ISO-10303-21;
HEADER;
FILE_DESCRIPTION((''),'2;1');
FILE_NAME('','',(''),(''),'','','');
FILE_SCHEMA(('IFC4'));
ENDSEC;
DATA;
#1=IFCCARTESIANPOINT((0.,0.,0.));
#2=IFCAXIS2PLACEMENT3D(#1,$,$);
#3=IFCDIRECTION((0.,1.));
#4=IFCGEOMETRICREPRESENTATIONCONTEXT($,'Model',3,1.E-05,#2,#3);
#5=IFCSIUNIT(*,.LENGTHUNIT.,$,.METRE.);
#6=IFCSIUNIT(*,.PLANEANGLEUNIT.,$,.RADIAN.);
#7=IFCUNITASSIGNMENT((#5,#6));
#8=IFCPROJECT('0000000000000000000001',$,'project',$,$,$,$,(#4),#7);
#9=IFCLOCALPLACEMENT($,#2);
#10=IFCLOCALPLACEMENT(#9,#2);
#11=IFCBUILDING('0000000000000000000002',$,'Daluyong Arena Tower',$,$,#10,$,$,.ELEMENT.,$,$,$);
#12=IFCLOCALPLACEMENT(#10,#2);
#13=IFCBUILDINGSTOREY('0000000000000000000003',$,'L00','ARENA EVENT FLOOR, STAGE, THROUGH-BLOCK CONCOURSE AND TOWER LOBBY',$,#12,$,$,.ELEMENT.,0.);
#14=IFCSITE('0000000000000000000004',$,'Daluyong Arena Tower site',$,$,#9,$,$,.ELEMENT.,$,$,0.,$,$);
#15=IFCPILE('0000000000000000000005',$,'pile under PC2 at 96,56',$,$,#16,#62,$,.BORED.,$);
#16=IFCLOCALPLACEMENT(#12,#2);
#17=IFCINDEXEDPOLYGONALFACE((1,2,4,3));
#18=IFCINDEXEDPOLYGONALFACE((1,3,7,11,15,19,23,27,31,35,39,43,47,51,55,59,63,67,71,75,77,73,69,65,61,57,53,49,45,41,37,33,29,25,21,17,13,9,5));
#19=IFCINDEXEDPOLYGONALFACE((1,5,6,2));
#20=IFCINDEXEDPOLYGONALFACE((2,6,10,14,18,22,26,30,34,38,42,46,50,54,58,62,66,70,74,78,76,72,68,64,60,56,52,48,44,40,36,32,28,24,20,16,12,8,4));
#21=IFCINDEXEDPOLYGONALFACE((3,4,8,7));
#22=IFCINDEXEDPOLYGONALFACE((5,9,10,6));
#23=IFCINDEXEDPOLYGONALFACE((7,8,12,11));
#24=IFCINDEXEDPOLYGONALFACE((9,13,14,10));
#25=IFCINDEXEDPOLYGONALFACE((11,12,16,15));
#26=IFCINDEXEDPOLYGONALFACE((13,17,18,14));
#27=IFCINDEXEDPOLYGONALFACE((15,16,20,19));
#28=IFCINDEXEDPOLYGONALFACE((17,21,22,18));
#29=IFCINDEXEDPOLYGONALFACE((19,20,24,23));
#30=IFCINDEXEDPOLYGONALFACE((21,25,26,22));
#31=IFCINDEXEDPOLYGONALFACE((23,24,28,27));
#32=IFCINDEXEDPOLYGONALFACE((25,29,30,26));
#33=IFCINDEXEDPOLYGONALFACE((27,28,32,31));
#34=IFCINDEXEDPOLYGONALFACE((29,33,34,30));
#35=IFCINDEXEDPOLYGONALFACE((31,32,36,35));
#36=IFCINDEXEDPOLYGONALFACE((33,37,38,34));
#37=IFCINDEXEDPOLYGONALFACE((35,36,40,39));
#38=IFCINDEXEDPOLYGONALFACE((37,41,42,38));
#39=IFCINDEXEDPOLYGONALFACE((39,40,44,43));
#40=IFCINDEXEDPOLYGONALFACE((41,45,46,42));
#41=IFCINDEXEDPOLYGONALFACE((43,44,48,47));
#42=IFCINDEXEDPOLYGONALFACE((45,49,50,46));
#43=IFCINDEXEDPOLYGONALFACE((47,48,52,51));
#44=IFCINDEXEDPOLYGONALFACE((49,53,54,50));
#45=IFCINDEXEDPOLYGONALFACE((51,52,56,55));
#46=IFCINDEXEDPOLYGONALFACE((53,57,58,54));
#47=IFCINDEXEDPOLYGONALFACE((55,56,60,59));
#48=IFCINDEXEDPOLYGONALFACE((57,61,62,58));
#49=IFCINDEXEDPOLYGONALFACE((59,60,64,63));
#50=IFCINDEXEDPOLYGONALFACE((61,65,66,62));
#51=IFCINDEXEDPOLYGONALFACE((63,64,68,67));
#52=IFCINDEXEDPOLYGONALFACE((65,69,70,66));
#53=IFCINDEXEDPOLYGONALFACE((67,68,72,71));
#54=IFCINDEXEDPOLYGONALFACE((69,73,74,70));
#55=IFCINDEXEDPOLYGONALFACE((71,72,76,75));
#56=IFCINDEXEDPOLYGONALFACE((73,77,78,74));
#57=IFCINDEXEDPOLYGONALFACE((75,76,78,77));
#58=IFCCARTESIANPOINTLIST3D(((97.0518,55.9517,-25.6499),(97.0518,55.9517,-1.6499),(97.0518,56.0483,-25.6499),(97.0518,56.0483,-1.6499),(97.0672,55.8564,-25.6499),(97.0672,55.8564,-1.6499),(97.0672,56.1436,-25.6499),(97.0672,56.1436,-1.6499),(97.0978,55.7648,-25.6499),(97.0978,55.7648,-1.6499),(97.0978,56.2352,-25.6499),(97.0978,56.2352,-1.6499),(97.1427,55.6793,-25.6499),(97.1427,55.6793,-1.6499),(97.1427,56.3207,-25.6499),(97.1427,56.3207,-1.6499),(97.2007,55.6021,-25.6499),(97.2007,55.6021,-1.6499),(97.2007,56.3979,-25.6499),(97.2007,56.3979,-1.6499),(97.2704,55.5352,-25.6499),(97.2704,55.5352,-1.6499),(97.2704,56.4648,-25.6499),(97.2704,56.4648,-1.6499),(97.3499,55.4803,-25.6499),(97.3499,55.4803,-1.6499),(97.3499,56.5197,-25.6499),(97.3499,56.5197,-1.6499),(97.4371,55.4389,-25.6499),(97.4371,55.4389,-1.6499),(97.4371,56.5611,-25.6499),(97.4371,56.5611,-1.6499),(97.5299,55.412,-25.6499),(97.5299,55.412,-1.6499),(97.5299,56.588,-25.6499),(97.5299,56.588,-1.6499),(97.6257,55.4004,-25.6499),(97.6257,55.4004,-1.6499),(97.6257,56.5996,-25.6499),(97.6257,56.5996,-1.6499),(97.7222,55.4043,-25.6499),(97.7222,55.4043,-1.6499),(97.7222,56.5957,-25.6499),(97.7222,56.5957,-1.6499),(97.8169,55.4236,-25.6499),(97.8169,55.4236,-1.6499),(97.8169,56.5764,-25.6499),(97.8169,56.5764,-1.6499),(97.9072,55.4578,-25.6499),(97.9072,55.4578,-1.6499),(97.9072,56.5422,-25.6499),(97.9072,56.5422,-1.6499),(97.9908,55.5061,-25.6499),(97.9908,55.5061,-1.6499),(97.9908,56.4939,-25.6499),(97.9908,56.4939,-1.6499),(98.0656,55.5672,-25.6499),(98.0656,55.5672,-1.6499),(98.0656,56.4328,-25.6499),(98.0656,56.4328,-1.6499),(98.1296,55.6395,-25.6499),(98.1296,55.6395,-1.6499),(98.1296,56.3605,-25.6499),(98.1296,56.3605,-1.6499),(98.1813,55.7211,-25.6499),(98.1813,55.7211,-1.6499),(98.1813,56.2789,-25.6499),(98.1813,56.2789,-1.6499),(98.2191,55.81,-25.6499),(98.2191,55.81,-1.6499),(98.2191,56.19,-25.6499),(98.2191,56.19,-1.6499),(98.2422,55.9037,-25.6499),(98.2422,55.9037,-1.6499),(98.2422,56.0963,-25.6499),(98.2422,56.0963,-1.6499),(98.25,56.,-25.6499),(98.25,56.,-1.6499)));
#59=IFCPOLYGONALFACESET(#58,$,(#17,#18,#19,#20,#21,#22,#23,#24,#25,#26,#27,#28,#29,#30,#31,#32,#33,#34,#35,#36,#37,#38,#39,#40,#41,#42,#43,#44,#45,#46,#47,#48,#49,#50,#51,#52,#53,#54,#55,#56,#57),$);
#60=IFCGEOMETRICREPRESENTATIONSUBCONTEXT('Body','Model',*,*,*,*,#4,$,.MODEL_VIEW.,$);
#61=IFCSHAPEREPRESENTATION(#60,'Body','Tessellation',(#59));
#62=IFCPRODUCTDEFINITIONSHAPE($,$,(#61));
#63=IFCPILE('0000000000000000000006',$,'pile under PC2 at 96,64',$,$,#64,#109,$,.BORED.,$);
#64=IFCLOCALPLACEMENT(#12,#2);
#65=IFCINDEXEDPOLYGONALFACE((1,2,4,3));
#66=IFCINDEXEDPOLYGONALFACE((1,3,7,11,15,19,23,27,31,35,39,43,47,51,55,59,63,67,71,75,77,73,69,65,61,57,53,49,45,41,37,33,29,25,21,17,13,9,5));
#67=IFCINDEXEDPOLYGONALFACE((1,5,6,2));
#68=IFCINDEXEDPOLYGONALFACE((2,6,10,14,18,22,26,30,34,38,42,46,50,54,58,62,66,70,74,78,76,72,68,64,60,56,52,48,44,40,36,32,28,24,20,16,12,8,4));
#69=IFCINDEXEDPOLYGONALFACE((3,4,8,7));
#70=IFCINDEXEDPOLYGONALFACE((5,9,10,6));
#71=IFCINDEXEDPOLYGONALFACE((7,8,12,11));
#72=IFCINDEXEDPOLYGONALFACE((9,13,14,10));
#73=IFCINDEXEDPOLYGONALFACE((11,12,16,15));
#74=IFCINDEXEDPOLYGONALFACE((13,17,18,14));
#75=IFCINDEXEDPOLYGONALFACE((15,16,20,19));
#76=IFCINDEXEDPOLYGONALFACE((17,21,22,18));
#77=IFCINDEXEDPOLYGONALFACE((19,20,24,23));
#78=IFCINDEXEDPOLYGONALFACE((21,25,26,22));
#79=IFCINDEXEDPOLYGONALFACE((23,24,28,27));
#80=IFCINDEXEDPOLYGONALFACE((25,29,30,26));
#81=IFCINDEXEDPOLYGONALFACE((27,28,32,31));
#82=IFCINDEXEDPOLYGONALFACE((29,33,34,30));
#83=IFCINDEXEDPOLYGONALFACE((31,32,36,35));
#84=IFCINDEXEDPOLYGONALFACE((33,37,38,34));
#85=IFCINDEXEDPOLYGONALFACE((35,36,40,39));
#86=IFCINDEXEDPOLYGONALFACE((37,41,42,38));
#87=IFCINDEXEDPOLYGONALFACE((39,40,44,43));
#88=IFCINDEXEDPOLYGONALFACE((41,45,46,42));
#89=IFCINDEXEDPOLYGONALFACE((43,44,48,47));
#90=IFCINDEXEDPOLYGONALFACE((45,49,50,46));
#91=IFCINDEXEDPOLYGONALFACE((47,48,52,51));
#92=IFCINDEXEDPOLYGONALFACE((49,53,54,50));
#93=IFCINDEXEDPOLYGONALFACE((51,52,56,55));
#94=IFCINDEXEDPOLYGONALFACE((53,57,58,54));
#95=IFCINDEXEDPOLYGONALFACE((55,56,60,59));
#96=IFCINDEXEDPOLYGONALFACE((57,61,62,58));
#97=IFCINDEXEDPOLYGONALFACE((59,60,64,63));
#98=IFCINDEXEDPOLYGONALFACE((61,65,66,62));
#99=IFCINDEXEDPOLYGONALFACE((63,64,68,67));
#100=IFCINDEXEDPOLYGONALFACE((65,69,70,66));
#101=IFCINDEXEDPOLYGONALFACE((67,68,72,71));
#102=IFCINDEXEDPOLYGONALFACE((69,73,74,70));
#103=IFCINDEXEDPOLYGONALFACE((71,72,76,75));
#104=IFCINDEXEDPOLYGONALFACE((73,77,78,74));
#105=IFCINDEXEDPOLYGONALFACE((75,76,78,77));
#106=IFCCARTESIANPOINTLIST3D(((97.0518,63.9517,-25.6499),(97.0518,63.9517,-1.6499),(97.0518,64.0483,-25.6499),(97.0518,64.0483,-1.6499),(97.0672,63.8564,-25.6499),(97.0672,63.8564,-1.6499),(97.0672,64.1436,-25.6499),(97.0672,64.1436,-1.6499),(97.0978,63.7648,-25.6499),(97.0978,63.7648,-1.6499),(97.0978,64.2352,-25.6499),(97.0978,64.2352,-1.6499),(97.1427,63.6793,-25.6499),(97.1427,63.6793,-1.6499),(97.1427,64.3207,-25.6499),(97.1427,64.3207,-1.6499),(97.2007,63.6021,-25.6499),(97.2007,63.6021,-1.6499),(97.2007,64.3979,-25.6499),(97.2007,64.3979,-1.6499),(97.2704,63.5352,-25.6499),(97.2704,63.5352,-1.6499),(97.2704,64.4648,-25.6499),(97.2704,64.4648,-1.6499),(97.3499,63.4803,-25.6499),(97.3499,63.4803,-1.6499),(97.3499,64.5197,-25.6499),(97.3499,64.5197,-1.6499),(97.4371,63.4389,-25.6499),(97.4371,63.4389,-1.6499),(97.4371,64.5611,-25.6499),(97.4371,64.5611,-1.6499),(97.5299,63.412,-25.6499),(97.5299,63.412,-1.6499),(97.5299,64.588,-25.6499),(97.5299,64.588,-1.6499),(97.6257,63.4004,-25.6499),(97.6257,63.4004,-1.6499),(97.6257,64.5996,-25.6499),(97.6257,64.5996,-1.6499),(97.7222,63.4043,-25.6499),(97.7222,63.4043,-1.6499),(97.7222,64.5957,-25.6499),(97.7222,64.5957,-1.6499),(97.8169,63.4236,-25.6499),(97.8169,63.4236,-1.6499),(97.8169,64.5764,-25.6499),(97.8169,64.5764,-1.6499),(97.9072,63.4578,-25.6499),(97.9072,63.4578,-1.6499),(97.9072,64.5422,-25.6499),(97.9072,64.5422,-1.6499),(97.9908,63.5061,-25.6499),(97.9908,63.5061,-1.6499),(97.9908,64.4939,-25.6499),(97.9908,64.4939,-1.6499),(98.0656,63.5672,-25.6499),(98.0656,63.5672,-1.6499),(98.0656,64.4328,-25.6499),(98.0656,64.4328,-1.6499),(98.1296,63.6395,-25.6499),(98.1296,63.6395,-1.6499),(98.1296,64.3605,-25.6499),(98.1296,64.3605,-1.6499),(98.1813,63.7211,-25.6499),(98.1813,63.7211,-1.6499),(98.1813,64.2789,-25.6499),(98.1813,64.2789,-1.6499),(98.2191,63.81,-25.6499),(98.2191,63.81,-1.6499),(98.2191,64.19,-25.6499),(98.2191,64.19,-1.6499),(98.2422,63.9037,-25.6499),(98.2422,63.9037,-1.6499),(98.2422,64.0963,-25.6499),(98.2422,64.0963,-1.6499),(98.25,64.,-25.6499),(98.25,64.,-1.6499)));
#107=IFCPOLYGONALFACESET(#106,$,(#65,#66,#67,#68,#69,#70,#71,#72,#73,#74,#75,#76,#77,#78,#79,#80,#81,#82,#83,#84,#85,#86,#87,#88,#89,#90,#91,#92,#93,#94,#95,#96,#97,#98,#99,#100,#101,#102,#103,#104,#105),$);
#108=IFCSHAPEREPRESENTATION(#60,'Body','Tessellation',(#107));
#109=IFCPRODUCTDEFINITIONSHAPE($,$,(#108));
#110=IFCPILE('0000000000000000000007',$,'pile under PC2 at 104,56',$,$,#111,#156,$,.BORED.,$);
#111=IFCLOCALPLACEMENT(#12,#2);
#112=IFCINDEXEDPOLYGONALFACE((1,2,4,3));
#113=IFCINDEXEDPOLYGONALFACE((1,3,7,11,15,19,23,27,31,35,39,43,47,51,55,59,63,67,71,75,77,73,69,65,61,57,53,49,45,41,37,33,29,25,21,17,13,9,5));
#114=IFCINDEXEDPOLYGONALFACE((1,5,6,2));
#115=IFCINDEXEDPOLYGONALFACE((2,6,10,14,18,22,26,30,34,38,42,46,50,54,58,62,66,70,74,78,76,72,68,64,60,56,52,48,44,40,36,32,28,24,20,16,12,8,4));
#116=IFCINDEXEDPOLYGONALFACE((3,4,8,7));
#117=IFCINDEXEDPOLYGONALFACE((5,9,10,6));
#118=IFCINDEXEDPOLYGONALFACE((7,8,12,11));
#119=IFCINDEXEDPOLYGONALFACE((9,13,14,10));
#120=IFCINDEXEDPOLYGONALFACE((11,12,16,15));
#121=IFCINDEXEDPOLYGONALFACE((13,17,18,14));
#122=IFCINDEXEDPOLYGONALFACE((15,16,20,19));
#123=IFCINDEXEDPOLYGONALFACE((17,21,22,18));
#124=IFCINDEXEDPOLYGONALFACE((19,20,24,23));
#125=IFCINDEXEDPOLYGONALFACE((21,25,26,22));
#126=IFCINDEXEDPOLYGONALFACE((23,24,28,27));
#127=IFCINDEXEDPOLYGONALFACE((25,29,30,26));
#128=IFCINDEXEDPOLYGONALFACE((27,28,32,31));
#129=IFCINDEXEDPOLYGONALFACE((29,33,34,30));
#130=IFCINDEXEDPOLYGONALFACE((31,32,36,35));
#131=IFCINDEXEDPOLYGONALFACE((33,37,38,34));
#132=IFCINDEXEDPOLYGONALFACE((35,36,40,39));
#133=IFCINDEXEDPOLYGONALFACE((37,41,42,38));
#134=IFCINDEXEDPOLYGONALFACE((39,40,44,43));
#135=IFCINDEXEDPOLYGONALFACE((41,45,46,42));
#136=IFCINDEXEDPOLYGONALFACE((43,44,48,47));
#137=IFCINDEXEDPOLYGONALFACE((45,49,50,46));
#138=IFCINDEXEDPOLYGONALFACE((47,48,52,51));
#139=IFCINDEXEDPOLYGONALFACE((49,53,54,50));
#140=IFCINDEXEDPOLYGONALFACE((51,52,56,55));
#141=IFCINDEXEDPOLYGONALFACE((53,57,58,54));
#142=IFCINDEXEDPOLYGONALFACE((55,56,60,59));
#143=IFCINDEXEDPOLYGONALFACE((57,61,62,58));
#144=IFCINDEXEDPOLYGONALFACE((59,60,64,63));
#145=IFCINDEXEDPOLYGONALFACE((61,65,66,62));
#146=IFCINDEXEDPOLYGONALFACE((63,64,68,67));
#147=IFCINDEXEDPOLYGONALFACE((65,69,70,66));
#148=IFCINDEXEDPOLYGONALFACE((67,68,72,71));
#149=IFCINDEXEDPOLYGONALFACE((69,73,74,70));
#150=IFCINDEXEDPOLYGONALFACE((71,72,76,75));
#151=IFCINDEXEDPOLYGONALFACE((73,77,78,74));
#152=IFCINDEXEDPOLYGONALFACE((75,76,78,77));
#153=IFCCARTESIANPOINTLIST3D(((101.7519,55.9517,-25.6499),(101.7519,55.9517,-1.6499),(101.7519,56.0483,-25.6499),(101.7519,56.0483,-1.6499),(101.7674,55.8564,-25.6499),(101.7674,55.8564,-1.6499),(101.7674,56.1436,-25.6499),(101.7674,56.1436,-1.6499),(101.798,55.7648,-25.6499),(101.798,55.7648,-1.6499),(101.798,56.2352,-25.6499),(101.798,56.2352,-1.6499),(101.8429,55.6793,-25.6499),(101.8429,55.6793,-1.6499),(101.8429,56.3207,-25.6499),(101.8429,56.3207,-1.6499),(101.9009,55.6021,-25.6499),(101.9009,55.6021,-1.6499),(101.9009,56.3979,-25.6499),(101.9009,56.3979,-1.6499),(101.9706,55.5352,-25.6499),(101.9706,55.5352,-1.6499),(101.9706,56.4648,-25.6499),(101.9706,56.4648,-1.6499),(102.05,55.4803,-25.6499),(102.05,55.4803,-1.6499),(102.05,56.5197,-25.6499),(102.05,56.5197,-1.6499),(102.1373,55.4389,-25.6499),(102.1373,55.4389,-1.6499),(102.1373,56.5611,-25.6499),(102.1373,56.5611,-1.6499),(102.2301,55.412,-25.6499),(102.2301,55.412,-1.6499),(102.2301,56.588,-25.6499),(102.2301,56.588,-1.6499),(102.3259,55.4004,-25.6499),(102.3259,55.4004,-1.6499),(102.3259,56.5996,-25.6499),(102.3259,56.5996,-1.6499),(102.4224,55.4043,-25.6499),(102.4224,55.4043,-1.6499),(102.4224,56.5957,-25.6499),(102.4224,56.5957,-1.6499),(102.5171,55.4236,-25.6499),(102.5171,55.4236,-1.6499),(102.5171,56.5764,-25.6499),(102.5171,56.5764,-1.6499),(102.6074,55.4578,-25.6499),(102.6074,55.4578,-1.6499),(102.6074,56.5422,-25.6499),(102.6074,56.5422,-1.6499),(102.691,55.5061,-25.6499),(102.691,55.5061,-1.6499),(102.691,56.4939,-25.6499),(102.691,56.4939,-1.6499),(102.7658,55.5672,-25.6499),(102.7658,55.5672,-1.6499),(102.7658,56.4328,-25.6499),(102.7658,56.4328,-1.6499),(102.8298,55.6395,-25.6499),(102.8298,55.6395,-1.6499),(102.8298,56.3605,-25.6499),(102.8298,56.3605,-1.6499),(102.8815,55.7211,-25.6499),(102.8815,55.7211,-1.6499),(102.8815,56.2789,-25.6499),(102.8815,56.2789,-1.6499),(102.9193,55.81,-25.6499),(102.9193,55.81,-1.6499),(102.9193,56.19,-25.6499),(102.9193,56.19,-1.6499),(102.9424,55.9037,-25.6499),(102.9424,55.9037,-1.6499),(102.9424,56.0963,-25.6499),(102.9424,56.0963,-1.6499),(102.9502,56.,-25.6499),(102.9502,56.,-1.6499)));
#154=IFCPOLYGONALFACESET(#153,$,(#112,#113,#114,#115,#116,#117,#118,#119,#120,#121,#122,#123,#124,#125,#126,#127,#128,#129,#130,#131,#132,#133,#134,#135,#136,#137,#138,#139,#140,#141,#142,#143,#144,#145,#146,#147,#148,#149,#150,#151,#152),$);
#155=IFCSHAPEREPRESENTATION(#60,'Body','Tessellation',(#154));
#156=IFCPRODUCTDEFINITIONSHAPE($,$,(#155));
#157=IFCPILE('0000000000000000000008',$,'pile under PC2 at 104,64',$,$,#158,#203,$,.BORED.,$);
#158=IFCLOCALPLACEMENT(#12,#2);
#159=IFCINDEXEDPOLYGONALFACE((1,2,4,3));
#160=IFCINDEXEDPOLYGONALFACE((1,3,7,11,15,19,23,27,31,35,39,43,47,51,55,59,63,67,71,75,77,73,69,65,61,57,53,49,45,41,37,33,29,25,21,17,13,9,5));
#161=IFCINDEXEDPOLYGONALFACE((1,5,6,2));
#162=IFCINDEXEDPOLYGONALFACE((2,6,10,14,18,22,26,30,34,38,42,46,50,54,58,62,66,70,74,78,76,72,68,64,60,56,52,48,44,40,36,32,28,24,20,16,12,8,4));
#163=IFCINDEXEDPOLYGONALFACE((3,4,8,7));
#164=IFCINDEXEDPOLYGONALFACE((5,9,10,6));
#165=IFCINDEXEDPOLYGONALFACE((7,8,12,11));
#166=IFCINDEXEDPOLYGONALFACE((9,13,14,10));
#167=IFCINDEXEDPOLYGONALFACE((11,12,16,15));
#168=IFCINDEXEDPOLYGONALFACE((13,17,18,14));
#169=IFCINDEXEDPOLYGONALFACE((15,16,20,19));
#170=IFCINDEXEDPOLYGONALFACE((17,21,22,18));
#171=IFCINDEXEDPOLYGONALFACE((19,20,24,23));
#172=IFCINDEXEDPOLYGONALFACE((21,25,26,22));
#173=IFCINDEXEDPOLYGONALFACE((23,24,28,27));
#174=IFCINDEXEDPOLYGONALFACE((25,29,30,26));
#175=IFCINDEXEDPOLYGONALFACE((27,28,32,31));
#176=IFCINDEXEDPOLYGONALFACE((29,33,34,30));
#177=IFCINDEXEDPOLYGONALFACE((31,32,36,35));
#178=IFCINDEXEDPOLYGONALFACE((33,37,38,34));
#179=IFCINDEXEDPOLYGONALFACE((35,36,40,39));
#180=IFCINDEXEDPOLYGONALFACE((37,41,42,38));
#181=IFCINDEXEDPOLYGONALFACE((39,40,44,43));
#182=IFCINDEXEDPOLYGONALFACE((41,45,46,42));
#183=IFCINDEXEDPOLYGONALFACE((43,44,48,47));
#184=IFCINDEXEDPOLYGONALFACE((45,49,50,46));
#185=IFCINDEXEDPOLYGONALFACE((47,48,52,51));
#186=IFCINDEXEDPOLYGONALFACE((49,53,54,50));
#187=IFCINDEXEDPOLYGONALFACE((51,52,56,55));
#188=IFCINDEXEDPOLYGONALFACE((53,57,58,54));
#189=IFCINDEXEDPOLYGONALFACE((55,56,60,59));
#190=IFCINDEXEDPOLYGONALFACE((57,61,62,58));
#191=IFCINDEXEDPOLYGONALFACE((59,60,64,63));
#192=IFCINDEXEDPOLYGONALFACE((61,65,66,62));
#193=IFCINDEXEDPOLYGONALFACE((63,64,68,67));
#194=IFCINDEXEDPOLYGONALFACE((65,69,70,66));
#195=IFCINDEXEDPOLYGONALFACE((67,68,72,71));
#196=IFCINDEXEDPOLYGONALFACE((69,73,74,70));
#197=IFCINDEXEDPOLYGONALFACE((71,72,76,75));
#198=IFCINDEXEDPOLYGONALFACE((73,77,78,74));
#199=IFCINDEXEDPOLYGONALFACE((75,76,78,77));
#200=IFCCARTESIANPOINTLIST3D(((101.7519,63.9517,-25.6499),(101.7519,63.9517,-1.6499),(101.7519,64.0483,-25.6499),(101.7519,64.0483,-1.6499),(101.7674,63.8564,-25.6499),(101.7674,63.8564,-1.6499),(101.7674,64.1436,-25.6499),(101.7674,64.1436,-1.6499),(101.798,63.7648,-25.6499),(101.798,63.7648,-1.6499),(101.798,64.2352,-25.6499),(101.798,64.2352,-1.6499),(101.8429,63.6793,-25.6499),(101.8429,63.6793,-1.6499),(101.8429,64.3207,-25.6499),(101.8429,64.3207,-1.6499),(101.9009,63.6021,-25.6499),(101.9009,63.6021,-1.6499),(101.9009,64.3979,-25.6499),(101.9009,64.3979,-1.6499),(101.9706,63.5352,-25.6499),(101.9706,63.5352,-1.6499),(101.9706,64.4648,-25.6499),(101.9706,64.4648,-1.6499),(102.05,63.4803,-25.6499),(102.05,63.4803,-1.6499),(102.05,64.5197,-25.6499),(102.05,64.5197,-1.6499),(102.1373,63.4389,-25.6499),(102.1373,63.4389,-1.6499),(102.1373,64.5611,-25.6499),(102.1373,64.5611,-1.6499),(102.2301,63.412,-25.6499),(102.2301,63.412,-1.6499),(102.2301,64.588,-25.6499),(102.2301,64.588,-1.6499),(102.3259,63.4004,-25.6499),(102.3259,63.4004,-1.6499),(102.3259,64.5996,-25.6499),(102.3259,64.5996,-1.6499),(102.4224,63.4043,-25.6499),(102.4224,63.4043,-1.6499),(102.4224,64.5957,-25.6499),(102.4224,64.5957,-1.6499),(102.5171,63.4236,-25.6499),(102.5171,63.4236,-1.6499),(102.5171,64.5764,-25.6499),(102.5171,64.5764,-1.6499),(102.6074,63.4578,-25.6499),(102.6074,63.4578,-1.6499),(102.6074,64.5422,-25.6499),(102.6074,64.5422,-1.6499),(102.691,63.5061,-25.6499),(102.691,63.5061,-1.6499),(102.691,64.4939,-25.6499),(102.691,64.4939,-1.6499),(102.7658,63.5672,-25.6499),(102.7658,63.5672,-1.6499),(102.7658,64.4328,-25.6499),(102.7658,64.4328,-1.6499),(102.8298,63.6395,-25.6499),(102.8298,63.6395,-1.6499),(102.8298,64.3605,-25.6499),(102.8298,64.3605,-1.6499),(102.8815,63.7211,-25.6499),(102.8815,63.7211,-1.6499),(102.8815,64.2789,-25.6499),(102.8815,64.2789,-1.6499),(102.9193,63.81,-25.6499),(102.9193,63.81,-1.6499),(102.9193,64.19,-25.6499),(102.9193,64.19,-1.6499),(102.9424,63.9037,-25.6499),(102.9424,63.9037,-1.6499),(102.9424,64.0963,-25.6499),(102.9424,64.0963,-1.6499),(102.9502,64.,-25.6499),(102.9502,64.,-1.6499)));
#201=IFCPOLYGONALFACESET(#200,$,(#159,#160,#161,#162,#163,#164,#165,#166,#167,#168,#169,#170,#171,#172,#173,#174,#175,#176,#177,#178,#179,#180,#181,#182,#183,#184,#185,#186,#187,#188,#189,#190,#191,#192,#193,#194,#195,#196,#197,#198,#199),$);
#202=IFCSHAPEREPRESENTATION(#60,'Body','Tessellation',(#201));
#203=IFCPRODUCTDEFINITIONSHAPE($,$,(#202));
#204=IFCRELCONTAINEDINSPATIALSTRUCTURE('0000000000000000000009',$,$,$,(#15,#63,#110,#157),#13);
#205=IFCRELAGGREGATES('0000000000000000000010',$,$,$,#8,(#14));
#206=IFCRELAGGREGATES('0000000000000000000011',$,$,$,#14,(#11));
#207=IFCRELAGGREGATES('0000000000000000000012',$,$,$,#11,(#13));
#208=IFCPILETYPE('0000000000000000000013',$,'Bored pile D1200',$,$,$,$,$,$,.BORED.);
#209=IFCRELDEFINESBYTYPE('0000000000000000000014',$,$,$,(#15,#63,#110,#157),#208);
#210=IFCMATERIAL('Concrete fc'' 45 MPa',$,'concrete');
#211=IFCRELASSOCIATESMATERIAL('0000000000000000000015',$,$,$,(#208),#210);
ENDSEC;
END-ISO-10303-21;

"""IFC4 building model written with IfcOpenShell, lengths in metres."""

from ifc_helpers import new_model, si_unit, direction, frame, origin, origin_2d, place, context, subcontext, project, spatial, circle, extrude, material, type_object, element, save


model = new_model("IFC4")

# Units and contexts
model_context = context("Model", 3, precision=1e-05, world=origin(), true_north=direction((0.0, 1.0)))
body_context = subcontext(model_context, "Body", "Model", "MODEL_VIEW")
ifc_project = project(units=[si_unit("LENGTHUNIT", "METRE"), si_unit("PLANEANGLEUNIT", "RADIAN")], contexts=[model_context])

# Site, building, storey
site_placement = place(None, origin())
site = spatial("IfcSite", under=ifc_project, at=site_placement, Name="Daluyong Arena Tower site", CompositionType="ELEMENT", RefElevation=0.0)
building_placement = place(site_placement, origin())
building = spatial("IfcBuilding", under=site, at=building_placement, Name="Daluyong Arena Tower", CompositionType="ELEMENT")
storey_placement = place(building_placement, origin())
storey = spatial("IfcBuildingStorey", under=building, at=storey_placement, Name="L00", Description="ARENA EVENT FLOOR, STAGE, THROUGH-BLOCK CONCOURSE AND TOWER LOBBY", CompositionType="ELEMENT", Elevation=0.0)

# Piles
ifc_material_1 = material(Name="Concrete fc' 45 MPa", Category="concrete")
pile_type = type_object("IfcPileType", Name="Bored pile D1200", PredefinedType="BORED", material=ifc_material_1)
for number, where, z_axis, x_axis, name in (
    (1, (97.6499, 56.0, -1.6499), (0.0, 0.0, -1.0), (1.0, 0.0, 0.0), "pile under PC2 at 96,56"),
    (2, (97.6499, 64.0, -1.6499), (0.0, 0.0, -1.0), (1.0, 0.0, 0.0), "pile under PC2 at 96,64"),
    (3, (102.3501, 56.0, -1.6499), (0.0, 0.0, -1.0), (1.0, 0.0, 0.0), "pile under PC2 at 104,56"),
    (4, (102.3501, 64.0, -1.6499), (0.0, 0.0, -1.0), (1.0, 0.0, 0.0), "pile under PC2 at 104,64"),
):
    element("IfcPile", number, at=place(storey_placement, frame(where, z_axis=z_axis, x_axis=x_axis)), inside=storey, type_object=pile_type, Name=name, PredefinedType="BORED", context=body_context, shape_type="SweptSolid", body=[
        extrude(circle(Radius=0.6001, at=origin_2d()), origin(), (0.0, 0.0, 1.0), 24.0),
    ])

save(model, "model.ifc")
